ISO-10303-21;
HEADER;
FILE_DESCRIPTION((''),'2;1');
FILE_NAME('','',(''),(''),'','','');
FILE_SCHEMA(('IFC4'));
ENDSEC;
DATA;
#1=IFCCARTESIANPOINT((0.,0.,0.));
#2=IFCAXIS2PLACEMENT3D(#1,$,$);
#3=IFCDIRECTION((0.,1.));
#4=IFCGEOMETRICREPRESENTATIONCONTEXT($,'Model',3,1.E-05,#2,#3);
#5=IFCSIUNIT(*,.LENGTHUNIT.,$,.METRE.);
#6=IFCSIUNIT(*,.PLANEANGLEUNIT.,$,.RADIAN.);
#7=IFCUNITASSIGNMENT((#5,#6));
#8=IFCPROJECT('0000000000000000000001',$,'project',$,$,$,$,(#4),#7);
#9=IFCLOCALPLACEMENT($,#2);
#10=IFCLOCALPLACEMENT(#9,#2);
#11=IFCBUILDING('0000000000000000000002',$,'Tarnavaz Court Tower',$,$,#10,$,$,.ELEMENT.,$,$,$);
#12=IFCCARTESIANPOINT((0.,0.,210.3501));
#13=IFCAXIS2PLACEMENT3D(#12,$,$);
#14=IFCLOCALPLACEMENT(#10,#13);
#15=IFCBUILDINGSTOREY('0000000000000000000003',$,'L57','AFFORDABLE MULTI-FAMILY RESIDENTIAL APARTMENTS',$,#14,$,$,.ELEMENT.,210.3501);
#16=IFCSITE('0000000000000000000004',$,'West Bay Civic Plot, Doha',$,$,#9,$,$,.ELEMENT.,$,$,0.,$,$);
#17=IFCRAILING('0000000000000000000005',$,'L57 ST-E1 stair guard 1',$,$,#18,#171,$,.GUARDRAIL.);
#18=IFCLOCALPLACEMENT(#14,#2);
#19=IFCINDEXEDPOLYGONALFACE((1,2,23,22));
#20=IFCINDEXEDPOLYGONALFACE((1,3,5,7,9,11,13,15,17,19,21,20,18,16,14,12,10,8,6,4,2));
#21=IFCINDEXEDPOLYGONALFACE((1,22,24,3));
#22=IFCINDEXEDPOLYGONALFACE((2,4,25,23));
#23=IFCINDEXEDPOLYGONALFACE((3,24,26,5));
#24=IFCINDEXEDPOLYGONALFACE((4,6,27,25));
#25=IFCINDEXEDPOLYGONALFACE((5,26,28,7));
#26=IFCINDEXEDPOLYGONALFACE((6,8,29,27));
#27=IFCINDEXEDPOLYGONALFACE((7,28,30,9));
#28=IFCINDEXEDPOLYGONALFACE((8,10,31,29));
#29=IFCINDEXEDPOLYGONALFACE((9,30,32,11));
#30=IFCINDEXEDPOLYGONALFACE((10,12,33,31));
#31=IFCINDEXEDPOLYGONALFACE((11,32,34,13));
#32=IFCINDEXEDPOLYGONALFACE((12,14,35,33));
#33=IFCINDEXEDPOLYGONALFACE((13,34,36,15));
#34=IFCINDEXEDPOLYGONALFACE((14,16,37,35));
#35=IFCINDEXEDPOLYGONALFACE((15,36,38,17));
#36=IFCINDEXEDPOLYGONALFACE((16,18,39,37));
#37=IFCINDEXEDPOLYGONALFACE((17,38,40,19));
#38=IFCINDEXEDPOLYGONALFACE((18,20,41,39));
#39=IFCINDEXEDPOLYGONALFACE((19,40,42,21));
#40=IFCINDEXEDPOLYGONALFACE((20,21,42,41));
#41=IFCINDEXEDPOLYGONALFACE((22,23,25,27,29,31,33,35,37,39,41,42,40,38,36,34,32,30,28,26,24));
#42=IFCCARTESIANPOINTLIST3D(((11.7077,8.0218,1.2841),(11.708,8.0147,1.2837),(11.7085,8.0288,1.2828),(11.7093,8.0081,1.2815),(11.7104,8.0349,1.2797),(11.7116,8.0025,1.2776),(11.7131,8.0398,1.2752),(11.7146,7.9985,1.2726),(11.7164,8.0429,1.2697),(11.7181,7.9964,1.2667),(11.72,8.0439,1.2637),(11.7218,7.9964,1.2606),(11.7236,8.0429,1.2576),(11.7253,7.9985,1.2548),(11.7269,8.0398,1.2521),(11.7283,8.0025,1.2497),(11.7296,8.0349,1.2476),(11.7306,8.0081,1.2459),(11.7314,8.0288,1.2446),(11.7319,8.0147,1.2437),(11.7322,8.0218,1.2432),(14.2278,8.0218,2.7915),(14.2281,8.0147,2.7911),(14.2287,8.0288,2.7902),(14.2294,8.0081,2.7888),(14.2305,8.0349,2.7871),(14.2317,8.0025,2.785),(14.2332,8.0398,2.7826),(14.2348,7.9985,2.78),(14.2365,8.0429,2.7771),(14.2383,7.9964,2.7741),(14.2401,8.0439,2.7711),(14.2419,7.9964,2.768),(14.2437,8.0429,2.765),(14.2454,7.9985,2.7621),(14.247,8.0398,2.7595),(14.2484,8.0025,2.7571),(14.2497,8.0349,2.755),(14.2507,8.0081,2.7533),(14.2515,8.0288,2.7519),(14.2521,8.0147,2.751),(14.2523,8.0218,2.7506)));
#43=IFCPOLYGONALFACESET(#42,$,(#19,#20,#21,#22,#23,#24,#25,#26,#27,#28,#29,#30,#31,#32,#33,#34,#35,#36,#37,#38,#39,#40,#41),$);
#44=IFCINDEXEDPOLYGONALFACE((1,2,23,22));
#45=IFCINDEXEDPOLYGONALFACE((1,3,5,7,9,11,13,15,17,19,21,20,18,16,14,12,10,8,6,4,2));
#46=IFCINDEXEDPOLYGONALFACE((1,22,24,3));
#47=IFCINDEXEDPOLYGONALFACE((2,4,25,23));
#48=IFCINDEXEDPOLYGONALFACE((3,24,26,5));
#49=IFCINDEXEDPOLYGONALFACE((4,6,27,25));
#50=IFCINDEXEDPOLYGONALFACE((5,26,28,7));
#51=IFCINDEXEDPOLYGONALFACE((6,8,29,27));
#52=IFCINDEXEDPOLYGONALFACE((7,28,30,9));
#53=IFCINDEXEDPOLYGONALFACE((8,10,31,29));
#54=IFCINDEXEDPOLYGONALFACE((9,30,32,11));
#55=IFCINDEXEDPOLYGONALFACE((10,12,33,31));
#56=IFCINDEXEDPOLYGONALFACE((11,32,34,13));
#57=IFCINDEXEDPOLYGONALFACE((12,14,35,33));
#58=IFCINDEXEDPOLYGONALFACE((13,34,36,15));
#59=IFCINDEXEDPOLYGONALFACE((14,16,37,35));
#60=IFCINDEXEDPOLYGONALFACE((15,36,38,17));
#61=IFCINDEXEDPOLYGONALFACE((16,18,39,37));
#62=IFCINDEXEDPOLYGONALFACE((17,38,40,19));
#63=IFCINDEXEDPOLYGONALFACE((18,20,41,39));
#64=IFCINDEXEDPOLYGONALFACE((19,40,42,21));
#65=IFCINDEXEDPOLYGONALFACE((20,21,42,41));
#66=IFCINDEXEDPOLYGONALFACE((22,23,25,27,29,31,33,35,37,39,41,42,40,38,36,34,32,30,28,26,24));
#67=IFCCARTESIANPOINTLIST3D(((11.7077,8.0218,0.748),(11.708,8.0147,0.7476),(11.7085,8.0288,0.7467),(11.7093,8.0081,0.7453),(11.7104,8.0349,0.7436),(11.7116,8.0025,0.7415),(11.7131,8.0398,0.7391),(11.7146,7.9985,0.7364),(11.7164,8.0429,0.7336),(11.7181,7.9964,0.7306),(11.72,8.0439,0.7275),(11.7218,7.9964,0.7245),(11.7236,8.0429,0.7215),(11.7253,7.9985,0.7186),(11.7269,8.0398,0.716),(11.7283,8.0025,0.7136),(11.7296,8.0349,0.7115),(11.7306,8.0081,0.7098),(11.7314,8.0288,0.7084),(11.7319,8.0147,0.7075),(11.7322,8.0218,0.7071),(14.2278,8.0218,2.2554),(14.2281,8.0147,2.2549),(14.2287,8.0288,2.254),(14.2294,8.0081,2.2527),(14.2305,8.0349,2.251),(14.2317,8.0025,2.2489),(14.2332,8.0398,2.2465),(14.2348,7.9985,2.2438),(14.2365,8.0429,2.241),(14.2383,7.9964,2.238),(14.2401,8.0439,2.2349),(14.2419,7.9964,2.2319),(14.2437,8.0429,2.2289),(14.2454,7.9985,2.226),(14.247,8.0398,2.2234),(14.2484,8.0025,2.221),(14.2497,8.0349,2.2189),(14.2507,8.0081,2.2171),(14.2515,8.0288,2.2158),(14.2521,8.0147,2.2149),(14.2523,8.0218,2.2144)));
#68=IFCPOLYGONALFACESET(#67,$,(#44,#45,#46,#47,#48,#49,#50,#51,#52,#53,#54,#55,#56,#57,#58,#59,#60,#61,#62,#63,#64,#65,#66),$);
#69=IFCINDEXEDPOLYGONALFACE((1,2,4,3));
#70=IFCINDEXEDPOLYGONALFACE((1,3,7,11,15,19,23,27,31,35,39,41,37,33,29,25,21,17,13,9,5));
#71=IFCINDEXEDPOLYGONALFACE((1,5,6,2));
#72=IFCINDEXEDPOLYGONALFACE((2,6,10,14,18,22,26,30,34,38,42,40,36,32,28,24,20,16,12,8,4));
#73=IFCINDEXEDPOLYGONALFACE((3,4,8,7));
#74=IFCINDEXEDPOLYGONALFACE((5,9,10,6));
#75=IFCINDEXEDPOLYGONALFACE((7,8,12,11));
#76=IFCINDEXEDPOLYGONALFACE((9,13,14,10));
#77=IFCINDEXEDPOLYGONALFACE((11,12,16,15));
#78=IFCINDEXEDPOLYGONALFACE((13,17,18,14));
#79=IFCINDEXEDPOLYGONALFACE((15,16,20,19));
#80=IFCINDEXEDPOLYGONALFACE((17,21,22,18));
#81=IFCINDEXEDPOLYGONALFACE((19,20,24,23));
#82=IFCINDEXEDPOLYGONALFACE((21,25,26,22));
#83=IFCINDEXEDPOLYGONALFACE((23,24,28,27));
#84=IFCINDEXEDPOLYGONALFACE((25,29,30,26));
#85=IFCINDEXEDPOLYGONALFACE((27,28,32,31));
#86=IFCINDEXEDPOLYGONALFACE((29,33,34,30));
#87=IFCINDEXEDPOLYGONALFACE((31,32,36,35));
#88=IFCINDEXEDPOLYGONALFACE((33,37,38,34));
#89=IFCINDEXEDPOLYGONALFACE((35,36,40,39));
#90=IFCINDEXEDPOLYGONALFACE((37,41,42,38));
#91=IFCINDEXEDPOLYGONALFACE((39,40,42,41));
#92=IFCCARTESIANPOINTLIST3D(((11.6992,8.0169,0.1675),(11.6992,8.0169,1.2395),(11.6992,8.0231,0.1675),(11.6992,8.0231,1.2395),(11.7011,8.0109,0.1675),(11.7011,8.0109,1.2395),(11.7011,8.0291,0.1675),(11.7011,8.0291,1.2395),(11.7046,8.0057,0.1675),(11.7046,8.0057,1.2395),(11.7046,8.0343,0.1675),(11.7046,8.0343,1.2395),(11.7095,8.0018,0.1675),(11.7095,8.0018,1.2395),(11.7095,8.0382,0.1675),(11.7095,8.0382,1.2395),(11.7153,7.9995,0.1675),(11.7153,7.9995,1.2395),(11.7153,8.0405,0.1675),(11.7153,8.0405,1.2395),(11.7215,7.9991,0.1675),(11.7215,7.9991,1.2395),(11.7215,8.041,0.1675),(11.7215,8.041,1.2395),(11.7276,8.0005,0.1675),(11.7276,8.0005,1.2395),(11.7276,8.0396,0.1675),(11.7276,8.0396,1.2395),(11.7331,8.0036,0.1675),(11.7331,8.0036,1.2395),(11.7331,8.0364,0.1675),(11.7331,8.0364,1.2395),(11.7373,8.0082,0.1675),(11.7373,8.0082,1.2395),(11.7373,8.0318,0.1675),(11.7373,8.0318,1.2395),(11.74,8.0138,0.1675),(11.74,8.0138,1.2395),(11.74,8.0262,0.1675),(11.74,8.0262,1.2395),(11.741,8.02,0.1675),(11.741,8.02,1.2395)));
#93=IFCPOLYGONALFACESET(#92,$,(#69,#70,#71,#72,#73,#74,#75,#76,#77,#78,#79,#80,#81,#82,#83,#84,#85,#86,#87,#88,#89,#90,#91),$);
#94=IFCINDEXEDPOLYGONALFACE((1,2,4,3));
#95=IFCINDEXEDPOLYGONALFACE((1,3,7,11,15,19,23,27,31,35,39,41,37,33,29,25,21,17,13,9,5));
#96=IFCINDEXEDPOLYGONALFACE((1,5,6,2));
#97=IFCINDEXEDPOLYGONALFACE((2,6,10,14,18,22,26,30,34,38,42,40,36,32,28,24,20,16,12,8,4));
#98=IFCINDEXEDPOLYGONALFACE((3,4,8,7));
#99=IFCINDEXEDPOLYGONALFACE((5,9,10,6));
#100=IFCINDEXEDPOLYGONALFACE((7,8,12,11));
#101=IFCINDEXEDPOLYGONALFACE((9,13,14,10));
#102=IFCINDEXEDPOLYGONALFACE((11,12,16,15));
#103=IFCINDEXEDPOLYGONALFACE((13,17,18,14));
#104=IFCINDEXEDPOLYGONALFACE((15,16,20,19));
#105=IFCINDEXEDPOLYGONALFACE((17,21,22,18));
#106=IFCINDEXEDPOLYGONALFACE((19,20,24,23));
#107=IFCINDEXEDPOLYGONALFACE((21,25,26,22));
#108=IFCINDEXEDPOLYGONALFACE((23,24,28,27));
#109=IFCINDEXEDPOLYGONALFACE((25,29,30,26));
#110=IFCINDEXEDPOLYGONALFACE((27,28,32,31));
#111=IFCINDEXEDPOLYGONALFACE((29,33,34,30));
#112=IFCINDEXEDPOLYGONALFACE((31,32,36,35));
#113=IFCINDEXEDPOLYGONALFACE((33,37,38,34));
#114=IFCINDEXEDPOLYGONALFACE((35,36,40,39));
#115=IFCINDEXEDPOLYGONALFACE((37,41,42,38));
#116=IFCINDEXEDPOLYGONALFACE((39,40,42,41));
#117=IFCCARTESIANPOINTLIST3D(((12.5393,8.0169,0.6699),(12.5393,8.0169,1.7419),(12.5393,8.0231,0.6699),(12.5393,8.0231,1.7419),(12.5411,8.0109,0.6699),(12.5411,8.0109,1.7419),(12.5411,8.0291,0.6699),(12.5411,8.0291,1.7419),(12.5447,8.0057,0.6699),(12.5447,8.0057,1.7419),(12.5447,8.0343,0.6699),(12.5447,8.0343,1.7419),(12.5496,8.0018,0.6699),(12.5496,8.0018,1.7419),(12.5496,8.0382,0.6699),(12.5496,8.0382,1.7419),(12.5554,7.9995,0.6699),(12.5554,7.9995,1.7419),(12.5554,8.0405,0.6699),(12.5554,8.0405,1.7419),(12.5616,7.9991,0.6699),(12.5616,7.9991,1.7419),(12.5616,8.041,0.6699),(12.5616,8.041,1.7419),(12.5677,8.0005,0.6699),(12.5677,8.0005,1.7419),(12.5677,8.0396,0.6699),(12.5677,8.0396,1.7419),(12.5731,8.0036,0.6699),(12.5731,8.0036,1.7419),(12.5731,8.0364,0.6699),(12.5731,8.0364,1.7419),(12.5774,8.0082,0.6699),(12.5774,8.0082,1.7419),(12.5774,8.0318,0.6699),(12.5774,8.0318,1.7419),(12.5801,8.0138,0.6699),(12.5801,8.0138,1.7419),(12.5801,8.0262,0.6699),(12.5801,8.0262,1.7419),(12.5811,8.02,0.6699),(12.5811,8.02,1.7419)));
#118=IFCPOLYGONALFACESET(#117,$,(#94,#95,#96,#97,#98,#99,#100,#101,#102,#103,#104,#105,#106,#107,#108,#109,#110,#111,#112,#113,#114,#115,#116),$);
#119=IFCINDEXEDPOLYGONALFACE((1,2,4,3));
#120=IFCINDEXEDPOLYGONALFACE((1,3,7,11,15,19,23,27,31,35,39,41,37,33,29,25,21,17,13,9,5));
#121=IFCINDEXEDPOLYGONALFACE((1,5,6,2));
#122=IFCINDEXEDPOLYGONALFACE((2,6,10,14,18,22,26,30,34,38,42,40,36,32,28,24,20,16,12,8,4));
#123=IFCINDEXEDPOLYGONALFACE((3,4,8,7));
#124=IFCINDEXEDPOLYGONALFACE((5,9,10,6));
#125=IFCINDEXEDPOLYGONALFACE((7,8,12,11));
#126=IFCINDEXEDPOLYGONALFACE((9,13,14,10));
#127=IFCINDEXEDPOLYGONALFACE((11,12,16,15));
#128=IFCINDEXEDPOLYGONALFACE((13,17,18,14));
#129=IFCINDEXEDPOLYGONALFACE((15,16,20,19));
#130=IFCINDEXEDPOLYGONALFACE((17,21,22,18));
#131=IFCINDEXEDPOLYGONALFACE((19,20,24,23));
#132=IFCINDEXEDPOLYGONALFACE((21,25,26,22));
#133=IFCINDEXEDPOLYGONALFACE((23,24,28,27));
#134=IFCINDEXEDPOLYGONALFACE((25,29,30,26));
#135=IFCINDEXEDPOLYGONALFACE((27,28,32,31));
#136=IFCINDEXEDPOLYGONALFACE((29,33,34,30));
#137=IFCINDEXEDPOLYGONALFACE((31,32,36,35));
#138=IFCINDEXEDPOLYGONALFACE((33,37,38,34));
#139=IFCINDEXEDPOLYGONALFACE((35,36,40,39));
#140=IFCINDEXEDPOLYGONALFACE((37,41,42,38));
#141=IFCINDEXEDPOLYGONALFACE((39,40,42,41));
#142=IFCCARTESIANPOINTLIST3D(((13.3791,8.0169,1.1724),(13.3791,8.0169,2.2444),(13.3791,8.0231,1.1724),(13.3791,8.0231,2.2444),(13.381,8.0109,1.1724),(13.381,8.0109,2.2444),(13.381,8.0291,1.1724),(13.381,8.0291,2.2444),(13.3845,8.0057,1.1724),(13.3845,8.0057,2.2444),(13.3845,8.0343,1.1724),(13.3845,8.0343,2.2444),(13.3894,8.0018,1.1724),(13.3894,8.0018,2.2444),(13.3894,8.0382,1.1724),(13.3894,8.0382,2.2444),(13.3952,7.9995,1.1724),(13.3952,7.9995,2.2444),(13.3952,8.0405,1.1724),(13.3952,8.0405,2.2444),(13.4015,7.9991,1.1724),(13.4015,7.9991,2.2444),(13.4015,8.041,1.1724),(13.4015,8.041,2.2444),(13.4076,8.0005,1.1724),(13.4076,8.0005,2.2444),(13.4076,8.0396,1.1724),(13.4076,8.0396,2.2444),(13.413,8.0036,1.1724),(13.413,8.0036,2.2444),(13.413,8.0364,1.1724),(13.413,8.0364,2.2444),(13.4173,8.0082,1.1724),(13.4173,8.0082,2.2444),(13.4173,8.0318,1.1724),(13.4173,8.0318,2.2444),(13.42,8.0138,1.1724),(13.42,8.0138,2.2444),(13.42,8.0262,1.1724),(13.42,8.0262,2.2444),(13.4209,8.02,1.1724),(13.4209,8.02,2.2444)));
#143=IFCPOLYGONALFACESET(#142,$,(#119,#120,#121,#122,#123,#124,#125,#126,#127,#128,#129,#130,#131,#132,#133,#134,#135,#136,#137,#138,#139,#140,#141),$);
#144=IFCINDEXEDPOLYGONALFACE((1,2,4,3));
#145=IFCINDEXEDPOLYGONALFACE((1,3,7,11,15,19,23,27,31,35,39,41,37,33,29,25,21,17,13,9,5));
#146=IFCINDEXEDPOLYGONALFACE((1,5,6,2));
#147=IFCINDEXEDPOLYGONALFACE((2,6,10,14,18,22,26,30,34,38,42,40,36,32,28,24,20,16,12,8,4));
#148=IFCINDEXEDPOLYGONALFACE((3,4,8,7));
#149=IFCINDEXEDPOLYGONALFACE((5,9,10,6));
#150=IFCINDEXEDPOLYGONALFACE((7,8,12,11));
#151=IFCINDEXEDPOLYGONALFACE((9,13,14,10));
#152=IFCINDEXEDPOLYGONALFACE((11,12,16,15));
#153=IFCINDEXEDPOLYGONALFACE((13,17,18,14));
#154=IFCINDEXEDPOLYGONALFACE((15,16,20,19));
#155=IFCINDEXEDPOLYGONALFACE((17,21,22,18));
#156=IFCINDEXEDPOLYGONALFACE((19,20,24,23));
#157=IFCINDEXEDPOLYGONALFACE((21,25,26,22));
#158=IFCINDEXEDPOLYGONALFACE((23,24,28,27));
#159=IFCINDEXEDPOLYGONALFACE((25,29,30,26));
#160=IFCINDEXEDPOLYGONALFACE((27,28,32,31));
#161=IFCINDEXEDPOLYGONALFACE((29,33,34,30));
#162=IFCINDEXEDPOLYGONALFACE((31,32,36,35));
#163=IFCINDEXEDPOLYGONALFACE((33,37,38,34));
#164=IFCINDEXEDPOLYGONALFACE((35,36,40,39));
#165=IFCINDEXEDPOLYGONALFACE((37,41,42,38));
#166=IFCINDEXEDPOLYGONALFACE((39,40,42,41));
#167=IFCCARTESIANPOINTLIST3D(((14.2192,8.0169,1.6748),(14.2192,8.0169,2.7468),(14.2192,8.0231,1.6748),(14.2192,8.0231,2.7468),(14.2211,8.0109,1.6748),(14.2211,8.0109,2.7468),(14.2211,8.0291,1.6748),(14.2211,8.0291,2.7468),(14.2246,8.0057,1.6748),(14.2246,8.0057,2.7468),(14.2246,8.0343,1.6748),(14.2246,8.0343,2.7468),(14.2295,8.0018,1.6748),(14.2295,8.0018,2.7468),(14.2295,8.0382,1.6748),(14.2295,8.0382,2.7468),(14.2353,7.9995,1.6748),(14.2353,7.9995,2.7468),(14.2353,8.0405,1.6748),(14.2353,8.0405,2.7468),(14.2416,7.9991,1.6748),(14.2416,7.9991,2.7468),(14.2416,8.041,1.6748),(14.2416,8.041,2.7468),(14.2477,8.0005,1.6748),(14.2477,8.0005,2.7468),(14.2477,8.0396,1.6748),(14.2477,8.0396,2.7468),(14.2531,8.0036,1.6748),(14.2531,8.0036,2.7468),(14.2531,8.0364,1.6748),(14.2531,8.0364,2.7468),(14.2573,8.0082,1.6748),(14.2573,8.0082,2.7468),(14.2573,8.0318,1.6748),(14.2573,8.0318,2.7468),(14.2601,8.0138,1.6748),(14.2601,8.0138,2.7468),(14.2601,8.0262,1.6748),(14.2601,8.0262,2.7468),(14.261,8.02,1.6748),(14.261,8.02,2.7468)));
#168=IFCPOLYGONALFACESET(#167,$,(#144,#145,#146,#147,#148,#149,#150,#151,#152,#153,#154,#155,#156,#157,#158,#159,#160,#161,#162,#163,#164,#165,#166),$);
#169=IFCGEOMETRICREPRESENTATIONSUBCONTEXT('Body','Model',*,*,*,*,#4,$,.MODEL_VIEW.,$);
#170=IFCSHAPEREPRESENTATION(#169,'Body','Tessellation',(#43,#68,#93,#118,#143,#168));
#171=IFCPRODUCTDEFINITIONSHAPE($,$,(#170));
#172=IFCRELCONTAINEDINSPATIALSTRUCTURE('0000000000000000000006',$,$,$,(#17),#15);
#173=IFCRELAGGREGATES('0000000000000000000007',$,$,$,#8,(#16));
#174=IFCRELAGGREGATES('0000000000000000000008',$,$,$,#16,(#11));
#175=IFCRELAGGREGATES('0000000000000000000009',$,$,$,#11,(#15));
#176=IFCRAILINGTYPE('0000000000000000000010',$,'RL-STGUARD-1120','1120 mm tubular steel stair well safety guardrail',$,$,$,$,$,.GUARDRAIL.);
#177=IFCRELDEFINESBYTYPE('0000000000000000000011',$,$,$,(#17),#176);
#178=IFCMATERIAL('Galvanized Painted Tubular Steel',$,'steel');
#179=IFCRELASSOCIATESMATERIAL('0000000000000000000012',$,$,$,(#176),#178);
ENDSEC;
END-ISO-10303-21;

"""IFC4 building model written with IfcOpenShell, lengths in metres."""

from ifc_helpers import new_model, si_unit, direction, frame, origin, origin_2d, place, context, subcontext, project, spatial, circle, extrude, material, type_object, element, save


model = new_model("IFC4")

# Units and contexts
model_context = context("Model", 3, precision=1e-05, world=origin(), true_north=direction((0.0, 1.0)))
body_context = subcontext(model_context, "Body", "Model", "MODEL_VIEW")
ifc_project = project(units=[si_unit("LENGTHUNIT", "METRE"), si_unit("PLANEANGLEUNIT", "RADIAN")], contexts=[model_context])

# Site, building, storey
site_placement = place(None, origin())
site = spatial("IfcSite", under=ifc_project, at=site_placement, Name="West Bay Civic Plot, Doha", CompositionType="ELEMENT", RefElevation=0.0)
building_placement = place(site_placement, origin())
building = spatial("IfcBuilding", under=site, at=building_placement, Name="Tarnavaz Court Tower", CompositionType="ELEMENT")
storey_placement = place(building_placement, frame((0.0, 0.0, 210.3501)))
storey = spatial("IfcBuildingStorey", under=building, at=storey_placement, Name="L57", Description="AFFORDABLE MULTI-FAMILY RESIDENTIAL APARTMENTS", CompositionType="ELEMENT", Elevation=210.3501)

# Railing
ifc_material_1 = material(Name="Galvanized Painted Tubular Steel", Category="steel")
railing_type_1 = type_object("IfcRailingType", Name="RL-STGUARD-1120", Description="1120 mm tubular steel stair well safety guardrail", PredefinedType="GUARDRAIL", material=ifc_material_1)
railing_1_placement = place(storey_placement, frame((11.72, 8.02, 0.1675)))
element("IfcRailing", 1, at=railing_1_placement, inside=storey, type_object=railing_type_1, Name="L57 ST-E1 stair guard 1", PredefinedType="GUARDRAIL", context=body_context, shape_type="SweptSolid", body=[
    extrude(circle(Radius=0.0239, at=origin_2d()), frame((0.0, 0.0, 1.0962), z_axis=(0.858196, 0.0, 0.513321), x_axis=(0.0, 1.0, 0.0)), (0.0, 0.0, 1.0), 2.9365),
    extrude(circle(Radius=0.0239, at=origin_2d()), frame((0.0, 0.0, 0.5601), z_axis=(0.858196, 0.0, 0.513321), x_axis=(0.0, 1.0, 0.0)), (0.0, 0.0, 1.0), 2.9365),
    extrude(circle(Radius=0.021, at=origin_2d()), origin(), (0.0, 0.0, 1.0), 1.072),
    extrude(circle(Radius=0.021, at=origin_2d()), frame((0.8401, 0.0, 0.5024)), (0.0, 0.0, 1.0), 1.072),
    extrude(circle(Radius=0.021, at=origin_2d()), frame((1.6799, 0.0, 1.0049)), (0.0, 0.0, 1.0), 1.072),
    extrude(circle(Radius=0.021, at=origin_2d()), frame((2.52, 0.0, 1.5073)), (0.0, 0.0, 1.0), 1.072),
])

save(model, "model.ifc")
